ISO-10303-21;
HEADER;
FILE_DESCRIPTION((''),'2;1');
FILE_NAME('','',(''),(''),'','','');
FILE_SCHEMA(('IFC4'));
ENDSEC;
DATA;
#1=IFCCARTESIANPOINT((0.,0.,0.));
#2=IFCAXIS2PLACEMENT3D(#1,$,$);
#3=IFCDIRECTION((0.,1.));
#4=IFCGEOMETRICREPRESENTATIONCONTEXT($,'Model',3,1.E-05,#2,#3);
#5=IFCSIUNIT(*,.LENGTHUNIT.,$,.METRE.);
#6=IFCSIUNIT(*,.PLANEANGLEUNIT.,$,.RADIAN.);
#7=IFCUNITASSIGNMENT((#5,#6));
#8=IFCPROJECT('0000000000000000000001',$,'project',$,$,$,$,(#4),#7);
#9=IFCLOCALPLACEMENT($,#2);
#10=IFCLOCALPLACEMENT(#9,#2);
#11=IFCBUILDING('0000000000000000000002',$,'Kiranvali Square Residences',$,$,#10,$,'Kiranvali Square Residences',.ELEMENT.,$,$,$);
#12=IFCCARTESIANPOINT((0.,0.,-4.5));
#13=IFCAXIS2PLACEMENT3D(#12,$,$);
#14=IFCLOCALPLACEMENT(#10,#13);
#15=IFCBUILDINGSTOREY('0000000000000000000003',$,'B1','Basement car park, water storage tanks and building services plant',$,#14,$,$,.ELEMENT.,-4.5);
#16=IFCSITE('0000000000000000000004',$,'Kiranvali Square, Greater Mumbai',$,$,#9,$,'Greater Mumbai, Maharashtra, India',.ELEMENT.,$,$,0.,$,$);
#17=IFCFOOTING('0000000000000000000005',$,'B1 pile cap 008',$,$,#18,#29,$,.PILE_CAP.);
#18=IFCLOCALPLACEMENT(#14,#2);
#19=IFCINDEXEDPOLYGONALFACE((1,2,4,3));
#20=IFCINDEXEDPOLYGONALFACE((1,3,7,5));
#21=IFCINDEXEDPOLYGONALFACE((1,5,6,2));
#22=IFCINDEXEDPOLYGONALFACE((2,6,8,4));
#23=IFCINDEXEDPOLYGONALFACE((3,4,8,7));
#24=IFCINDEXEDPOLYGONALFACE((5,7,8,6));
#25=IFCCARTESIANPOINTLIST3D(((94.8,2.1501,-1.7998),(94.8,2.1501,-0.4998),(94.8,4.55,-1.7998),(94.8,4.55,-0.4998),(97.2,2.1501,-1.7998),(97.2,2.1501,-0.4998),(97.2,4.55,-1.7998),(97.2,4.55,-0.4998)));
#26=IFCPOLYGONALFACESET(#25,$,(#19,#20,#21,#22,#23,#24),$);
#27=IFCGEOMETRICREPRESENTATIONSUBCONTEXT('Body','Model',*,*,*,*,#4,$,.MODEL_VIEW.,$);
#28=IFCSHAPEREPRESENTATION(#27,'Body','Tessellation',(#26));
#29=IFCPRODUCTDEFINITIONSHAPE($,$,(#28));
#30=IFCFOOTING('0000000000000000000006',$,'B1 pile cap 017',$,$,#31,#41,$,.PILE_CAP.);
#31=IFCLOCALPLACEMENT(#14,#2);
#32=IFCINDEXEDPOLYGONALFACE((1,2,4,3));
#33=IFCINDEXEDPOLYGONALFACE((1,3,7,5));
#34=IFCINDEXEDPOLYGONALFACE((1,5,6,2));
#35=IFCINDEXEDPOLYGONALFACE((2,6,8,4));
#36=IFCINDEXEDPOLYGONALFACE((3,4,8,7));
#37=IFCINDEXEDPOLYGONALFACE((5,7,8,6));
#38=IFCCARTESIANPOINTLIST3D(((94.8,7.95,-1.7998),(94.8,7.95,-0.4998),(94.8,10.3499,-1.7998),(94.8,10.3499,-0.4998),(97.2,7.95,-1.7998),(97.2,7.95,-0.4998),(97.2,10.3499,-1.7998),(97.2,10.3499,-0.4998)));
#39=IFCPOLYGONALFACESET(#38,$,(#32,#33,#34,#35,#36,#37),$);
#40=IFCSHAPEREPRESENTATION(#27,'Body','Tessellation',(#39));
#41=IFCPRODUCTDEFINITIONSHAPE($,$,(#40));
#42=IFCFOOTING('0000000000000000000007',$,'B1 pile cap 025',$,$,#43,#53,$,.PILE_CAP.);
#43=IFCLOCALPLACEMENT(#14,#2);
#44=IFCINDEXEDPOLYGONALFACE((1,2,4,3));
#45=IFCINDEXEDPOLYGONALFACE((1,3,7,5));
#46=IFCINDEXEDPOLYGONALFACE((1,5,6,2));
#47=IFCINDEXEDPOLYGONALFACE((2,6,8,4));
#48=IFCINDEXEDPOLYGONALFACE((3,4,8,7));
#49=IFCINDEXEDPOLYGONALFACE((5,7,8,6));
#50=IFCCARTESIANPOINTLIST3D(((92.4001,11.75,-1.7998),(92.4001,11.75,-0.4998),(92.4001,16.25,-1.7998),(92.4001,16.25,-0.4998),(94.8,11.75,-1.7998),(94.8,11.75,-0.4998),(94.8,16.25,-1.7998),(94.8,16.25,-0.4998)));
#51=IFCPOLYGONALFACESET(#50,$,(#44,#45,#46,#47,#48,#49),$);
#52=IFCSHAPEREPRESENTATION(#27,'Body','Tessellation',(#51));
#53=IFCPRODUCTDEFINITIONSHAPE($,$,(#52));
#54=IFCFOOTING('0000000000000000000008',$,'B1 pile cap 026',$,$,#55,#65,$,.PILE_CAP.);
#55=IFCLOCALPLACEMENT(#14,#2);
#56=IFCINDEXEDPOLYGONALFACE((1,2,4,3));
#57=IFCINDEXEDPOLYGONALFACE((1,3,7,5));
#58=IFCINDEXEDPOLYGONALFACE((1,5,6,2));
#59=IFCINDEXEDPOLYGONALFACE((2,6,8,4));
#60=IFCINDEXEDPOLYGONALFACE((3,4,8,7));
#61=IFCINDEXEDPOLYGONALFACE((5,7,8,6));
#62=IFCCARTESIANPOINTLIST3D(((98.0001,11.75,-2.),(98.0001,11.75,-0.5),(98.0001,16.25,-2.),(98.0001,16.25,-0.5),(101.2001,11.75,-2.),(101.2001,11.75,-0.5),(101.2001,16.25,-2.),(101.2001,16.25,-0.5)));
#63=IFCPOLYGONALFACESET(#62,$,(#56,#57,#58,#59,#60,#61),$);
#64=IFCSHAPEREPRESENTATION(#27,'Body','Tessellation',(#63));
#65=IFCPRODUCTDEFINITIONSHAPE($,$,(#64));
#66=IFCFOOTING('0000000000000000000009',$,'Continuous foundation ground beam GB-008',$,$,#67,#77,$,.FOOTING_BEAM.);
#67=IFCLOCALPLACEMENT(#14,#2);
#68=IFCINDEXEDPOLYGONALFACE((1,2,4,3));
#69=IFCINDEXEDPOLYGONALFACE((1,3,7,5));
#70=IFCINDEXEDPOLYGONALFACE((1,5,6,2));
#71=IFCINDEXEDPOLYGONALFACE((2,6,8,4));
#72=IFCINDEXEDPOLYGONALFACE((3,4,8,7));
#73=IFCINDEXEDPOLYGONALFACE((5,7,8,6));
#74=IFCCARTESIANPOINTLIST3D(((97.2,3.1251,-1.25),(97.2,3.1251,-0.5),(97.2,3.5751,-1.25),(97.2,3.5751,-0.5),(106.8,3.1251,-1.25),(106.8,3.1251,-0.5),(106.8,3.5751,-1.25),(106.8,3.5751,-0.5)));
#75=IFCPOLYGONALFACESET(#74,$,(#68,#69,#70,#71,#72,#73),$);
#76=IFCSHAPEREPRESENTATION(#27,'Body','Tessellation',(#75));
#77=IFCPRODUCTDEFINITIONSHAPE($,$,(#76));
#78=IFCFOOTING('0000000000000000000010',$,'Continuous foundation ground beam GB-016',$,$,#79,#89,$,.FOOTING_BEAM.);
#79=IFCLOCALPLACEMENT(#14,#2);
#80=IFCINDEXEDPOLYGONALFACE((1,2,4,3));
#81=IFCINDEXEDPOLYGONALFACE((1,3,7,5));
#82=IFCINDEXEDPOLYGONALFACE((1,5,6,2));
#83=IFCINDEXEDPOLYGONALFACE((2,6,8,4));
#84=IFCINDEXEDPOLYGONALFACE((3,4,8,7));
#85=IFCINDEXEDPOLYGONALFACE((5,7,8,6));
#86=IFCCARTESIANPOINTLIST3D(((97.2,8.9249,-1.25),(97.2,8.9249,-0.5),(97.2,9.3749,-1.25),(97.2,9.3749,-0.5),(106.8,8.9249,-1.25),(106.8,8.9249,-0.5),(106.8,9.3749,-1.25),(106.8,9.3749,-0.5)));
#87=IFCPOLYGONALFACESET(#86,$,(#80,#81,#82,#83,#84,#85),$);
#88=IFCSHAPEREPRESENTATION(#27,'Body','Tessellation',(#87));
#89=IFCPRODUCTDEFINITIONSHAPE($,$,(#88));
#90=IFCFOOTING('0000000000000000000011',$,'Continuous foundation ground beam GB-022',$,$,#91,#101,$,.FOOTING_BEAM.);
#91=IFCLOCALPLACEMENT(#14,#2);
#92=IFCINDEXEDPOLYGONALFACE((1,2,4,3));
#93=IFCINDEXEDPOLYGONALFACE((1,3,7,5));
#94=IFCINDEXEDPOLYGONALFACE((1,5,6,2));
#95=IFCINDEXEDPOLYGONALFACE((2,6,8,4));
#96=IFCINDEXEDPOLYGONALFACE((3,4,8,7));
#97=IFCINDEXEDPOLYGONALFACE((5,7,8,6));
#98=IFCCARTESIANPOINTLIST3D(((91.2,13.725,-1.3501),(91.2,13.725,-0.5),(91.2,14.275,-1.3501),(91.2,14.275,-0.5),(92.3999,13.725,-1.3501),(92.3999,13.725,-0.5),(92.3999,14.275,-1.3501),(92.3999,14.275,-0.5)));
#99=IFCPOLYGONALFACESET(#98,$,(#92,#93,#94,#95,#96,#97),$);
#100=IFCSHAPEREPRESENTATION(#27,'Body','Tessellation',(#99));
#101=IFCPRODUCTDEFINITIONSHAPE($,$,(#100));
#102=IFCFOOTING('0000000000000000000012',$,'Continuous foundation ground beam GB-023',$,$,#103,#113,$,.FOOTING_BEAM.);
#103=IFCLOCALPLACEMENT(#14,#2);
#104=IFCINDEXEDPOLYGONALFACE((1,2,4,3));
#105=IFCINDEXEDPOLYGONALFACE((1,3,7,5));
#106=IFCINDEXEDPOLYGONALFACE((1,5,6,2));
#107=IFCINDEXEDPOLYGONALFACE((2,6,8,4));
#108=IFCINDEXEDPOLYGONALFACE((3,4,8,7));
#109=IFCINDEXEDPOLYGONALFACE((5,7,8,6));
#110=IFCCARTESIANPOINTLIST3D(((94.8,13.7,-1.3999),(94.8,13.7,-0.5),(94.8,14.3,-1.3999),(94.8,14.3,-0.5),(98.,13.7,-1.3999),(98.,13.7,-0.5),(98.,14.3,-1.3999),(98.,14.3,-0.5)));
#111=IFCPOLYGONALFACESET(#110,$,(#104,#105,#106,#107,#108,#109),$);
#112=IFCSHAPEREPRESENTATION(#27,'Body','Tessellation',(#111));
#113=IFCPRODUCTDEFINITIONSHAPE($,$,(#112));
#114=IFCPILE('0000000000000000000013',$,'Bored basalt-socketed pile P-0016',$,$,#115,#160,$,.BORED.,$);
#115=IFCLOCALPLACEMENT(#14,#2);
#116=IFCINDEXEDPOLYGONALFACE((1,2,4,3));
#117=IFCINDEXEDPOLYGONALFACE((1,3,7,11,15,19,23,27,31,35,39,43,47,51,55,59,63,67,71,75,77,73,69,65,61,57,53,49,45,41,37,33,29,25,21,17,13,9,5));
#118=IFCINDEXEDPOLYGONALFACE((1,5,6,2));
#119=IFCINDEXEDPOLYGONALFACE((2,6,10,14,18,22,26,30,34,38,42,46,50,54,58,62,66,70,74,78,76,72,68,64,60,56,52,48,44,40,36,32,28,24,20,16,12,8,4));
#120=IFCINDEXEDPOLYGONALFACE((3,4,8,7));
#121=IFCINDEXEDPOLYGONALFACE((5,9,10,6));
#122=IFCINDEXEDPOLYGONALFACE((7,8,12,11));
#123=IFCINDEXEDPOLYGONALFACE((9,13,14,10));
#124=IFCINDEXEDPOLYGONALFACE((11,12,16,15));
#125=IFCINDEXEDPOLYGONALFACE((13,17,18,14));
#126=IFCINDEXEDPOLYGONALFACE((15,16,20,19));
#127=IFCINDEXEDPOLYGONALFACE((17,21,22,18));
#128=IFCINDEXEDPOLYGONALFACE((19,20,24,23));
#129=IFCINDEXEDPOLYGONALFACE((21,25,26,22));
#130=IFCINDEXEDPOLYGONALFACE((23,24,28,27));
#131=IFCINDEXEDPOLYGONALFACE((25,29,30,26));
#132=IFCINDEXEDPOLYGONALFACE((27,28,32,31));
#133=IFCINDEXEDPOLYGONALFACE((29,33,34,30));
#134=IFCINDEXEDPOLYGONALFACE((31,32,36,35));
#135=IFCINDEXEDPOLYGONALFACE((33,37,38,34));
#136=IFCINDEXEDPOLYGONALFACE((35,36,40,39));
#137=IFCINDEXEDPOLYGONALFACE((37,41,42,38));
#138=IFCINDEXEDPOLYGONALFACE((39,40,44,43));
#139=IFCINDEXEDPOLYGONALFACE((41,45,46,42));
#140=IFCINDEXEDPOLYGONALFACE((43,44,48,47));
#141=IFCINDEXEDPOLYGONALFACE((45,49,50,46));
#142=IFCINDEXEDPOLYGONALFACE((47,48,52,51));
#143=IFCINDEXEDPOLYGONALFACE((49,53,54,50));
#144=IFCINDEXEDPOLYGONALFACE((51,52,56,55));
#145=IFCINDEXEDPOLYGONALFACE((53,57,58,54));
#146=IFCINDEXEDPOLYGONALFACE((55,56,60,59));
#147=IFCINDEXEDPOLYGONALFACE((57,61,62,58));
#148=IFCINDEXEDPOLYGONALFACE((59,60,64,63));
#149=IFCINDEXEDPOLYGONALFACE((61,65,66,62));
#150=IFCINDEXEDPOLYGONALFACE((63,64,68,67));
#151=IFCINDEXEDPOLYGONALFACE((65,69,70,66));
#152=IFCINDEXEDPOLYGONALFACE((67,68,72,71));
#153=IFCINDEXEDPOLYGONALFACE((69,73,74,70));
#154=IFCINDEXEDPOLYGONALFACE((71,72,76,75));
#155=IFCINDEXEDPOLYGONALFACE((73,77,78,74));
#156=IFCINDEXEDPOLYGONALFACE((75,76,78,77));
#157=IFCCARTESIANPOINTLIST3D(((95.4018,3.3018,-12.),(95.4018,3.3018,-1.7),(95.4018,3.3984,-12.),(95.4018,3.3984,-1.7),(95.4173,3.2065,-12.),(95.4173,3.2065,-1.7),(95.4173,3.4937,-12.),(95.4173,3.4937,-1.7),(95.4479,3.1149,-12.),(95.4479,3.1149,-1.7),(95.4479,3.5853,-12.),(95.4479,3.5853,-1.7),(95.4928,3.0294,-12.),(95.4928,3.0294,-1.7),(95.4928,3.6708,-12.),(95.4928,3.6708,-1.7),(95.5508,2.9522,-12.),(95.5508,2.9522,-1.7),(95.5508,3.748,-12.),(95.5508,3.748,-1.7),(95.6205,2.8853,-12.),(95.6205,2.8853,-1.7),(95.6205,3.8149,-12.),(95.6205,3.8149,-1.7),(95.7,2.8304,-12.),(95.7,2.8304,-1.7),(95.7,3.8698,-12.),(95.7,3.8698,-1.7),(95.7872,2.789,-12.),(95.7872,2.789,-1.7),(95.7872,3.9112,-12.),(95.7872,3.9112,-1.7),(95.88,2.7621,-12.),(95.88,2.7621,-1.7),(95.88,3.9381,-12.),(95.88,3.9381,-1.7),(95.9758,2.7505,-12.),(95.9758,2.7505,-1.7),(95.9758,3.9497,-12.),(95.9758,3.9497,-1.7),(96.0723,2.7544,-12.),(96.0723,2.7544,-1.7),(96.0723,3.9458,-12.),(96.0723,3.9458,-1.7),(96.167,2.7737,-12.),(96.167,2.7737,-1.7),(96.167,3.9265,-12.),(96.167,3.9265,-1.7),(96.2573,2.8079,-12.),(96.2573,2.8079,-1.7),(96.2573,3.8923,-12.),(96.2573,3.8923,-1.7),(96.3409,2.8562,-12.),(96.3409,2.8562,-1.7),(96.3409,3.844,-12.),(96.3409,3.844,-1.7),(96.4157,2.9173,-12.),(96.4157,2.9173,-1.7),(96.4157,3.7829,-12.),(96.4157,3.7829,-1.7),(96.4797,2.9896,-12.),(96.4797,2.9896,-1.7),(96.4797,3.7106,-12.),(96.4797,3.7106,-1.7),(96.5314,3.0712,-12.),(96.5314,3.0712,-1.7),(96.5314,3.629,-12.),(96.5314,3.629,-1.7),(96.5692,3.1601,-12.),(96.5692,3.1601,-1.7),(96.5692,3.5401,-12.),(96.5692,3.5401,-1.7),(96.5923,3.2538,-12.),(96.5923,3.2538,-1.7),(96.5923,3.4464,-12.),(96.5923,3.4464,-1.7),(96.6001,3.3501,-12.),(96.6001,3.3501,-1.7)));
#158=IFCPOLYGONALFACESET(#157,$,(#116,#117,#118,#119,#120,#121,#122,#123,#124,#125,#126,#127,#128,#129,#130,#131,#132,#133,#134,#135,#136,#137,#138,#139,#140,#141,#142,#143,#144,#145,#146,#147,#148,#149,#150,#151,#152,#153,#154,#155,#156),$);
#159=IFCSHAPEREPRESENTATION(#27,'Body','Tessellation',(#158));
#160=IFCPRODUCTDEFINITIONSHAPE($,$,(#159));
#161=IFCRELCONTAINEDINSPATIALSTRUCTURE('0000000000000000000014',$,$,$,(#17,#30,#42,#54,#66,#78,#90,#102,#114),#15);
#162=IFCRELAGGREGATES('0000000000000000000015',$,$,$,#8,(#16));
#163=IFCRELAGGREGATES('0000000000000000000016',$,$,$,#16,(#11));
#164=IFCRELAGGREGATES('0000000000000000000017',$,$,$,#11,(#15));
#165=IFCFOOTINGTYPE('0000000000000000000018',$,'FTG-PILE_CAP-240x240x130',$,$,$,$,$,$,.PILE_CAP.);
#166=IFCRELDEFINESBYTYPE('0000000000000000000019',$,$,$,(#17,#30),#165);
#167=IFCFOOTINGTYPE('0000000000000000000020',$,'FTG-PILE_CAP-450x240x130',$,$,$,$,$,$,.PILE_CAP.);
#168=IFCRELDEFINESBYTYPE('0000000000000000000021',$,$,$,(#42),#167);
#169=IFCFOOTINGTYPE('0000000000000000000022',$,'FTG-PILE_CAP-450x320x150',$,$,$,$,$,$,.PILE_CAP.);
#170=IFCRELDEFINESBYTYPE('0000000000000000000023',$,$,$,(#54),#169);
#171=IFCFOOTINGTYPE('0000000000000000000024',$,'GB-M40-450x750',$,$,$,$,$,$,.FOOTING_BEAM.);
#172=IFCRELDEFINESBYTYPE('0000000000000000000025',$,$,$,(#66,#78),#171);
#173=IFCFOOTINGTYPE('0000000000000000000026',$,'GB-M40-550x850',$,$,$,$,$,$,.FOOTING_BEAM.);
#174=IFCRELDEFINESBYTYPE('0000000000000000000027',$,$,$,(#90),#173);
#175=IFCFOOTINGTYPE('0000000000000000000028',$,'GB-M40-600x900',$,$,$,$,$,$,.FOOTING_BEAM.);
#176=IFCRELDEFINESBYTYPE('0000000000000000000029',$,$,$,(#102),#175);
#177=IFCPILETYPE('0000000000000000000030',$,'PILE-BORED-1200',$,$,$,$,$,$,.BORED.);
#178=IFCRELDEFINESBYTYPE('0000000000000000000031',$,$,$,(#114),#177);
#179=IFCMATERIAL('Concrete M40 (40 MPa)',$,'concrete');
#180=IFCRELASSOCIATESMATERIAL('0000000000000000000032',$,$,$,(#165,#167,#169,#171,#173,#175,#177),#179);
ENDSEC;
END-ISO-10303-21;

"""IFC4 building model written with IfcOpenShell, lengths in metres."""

from ifc_helpers import new_model, si_unit, direction, frame, origin, origin_2d, place, context, subcontext, project, spatial, rectangle, circle, extrude, material, material_profile, profile_set, type_object, element, save


model = new_model("IFC4")

# Units and contexts
model_context = context("Model", 3, precision=1e-05, world=origin(), true_north=direction((0.0, 1.0)))
body_context = subcontext(model_context, "Body", "Model", "MODEL_VIEW")
ifc_project = project(units=[si_unit("LENGTHUNIT", "METRE"), si_unit("PLANEANGLEUNIT", "RADIAN")], contexts=[model_context])

# Site, building, storey
site_placement = place(None, origin())
site = spatial("IfcSite", under=ifc_project, at=site_placement, Name="Kiranvali Square, Greater Mumbai", LongName="Greater Mumbai, Maharashtra, India", CompositionType="ELEMENT", RefElevation=0.0)
building_placement = place(site_placement, origin())
building = spatial("IfcBuilding", under=site, at=building_placement, Name="Kiranvali Square Residences", LongName="Kiranvali Square Residences", CompositionType="ELEMENT")
storey_placement = place(building_placement, frame((0.0, 0.0, -4.5)))
storey = spatial("IfcBuildingStorey", under=building, at=storey_placement, Name="B1", Description="Basement car park, water storage tanks and building services plant", CompositionType="ELEMENT", Elevation=-4.5)

# Footings
ifc_material_1 = material(Name="Concrete M40 (40 MPa)", Category="concrete")
footing_type_1 = type_object("IfcFootingType", Name="FTG-PILE_CAP-240x240x130", PredefinedType="PILE_CAP", material=ifc_material_1)
for number, where, z_axis, x_axis, name in (
    (1, (96.0, 3.3501, -1.7998), (0.0, 0.0, 1.0), (1.0, 0.0, 0.0), "B1 pile cap 008"),
    (2, (96.0, 9.1499, -1.7998), (0.0, 0.0, 1.0), (1.0, 0.0, 0.0), "B1 pile cap 017"),
):
    element("IfcFooting", number, at=place(storey_placement, frame(where, z_axis=z_axis, x_axis=x_axis)), inside=storey, type_object=footing_type_1, Name=name, PredefinedType="PILE_CAP", context=body_context, shape_type="SweptSolid", body=[
        extrude(rectangle(XDim=2.3999, YDim=2.3999, at=origin_2d()), origin(), (0.0, 0.0, 1.0), 1.3),
    ])
footing_type_2 = type_object("IfcFootingType", Name="FTG-PILE_CAP-450x240x130", PredefinedType="PILE_CAP", material=ifc_material_1)
footing_1_placement = place(storey_placement, frame((93.6001, 14.0, -1.7998), z_axis=(0.0, 0.0, 1.0), x_axis=(0.0, 1.0, 0.0)))
element("IfcFooting", 3, at=footing_1_placement, inside=storey, type_object=footing_type_2, Name="B1 pile cap 025", PredefinedType="PILE_CAP", context=body_context, shape_type="SweptSolid", body=[
    extrude(rectangle(XDim=4.5, YDim=2.3999, at=origin_2d()), origin(), (0.0, 0.0, 1.0), 1.3),
])
footing_type_3 = type_object("IfcFootingType", Name="FTG-PILE_CAP-450x320x150", PredefinedType="PILE_CAP", material=ifc_material_1)
footing_2_placement = place(storey_placement, frame((99.6001, 14.0, -2.0), z_axis=(0.0, 0.0, 1.0), x_axis=(0.0, 1.0, 0.0)))
element("IfcFooting", 4, at=footing_2_placement, inside=storey, type_object=footing_type_3, Name="B1 pile cap 026", PredefinedType="PILE_CAP", context=body_context, shape_type="SweptSolid", body=[
    extrude(rectangle(XDim=4.5, YDim=3.2, at=origin_2d()), origin(), (0.0, 0.0, 1.0), 1.5),
])
ifc_material_profile_1 = material_profile(ifc_material_1, rectangle(XDim=0.45, YDim=0.75, at=origin_2d()), Name="GB 450x750")
ifc_profile_set_1 = profile_set([ifc_material_profile_1], Name="Concrete M40 (40 MPa)")
footing_type_4 = type_object("IfcFootingType", Name="GB-M40-450x750", PredefinedType="FOOTING_BEAM", material=ifc_profile_set_1)
for number, where, z_axis, x_axis, name in (
    (5, (97.2, 3.3501, -0.875), (1.0, 0.0, 0.0), (0.0, 1.0, 0.0), "Continuous foundation ground beam GB-008"),
    (6, (97.2, 9.1499, -0.875), (1.0, 0.0, 0.0), (0.0, 1.0, 0.0), "Continuous foundation ground beam GB-016"),
):
    element("IfcFooting", number, at=place(storey_placement, frame(where, z_axis=z_axis, x_axis=x_axis)), inside=storey, type_object=footing_type_4, Name=name, PredefinedType="FOOTING_BEAM", context=body_context, shape_type="SweptSolid", body=[
        extrude(rectangle(XDim=0.45, YDim=0.75, at=origin_2d()), origin(), (0.0, 0.0, 1.0), 9.6001),
    ])
ifc_material_profile_2 = material_profile(ifc_material_1, rectangle(XDim=0.55, YDim=0.8501, at=origin_2d()), Name="GB 550x850")
ifc_profile_set_2 = profile_set([ifc_material_profile_2], Name="Concrete M40 (40 MPa)")
footing_type_5 = type_object("IfcFootingType", Name="GB-M40-550x850", PredefinedType="FOOTING_BEAM", material=ifc_profile_set_2)
footing_3_placement = place(storey_placement, frame((91.2, 14.0, -0.925), z_axis=(1.0, 0.0, 0.0), x_axis=(0.0, 1.0, 0.0)))
element("IfcFooting", 7, at=footing_3_placement, inside=storey, type_object=footing_type_5, Name="Continuous foundation ground beam GB-022", PredefinedType="FOOTING_BEAM", context=body_context, shape_type="SweptSolid", body=[
    extrude(rectangle(XDim=0.55, YDim=0.8501, at=origin_2d()), origin(), (0.0, 0.0, 1.0), 1.2),
])
ifc_material_profile_3 = material_profile(ifc_material_1, rectangle(XDim=0.6001, YDim=0.8999, at=origin_2d()), Name="GB 600x900")
ifc_profile_set_3 = profile_set([ifc_material_profile_3], Name="Concrete M40 (40 MPa)")
footing_type_6 = type_object("IfcFootingType", Name="GB-M40-600x900", PredefinedType="FOOTING_BEAM", material=ifc_profile_set_3)
footing_4_placement = place(storey_placement, frame((94.8, 14.0, -0.95), z_axis=(1.0, 0.0, 0.0), x_axis=(0.0, 1.0, 0.0)))
element("IfcFooting", 8, at=footing_4_placement, inside=storey, type_object=footing_type_6, Name="Continuous foundation ground beam GB-023", PredefinedType="FOOTING_BEAM", context=body_context, shape_type="SweptSolid", body=[
    extrude(rectangle(XDim=0.6001, YDim=0.8999, at=origin_2d()), origin(), (0.0, 0.0, 1.0), 3.2),
])

# Pile
ifc_material_profile_4 = material_profile(ifc_material_1, circle(Radius=0.6001, at=origin_2d()), Name="BORED PILE 1200")
ifc_profile_set_4 = profile_set([ifc_material_profile_4], Name="Concrete M40 (40 MPa)")
pile_type_1 = type_object("IfcPileType", Name="PILE-BORED-1200", PredefinedType="BORED", material=ifc_profile_set_4)
for number, where, z_axis, x_axis, name in (
    (9, (96.0, 3.3501, -1.7), (0.0, 0.0, -1.0), (1.0, 0.0, 0.0), "Bored basalt-socketed pile P-0016"),
):
    element("IfcPile", number, at=place(storey_placement, frame(where, z_axis=z_axis, x_axis=x_axis)), inside=storey, type_object=pile_type_1, Name=name, PredefinedType="BORED", context=body_context, shape_type="SweptSolid", body=[
        extrude(circle(Radius=0.6001, at=origin_2d()), origin(), (0.0, 0.0, 1.0), 10.3),
    ])

save(model, "model.ifc")
